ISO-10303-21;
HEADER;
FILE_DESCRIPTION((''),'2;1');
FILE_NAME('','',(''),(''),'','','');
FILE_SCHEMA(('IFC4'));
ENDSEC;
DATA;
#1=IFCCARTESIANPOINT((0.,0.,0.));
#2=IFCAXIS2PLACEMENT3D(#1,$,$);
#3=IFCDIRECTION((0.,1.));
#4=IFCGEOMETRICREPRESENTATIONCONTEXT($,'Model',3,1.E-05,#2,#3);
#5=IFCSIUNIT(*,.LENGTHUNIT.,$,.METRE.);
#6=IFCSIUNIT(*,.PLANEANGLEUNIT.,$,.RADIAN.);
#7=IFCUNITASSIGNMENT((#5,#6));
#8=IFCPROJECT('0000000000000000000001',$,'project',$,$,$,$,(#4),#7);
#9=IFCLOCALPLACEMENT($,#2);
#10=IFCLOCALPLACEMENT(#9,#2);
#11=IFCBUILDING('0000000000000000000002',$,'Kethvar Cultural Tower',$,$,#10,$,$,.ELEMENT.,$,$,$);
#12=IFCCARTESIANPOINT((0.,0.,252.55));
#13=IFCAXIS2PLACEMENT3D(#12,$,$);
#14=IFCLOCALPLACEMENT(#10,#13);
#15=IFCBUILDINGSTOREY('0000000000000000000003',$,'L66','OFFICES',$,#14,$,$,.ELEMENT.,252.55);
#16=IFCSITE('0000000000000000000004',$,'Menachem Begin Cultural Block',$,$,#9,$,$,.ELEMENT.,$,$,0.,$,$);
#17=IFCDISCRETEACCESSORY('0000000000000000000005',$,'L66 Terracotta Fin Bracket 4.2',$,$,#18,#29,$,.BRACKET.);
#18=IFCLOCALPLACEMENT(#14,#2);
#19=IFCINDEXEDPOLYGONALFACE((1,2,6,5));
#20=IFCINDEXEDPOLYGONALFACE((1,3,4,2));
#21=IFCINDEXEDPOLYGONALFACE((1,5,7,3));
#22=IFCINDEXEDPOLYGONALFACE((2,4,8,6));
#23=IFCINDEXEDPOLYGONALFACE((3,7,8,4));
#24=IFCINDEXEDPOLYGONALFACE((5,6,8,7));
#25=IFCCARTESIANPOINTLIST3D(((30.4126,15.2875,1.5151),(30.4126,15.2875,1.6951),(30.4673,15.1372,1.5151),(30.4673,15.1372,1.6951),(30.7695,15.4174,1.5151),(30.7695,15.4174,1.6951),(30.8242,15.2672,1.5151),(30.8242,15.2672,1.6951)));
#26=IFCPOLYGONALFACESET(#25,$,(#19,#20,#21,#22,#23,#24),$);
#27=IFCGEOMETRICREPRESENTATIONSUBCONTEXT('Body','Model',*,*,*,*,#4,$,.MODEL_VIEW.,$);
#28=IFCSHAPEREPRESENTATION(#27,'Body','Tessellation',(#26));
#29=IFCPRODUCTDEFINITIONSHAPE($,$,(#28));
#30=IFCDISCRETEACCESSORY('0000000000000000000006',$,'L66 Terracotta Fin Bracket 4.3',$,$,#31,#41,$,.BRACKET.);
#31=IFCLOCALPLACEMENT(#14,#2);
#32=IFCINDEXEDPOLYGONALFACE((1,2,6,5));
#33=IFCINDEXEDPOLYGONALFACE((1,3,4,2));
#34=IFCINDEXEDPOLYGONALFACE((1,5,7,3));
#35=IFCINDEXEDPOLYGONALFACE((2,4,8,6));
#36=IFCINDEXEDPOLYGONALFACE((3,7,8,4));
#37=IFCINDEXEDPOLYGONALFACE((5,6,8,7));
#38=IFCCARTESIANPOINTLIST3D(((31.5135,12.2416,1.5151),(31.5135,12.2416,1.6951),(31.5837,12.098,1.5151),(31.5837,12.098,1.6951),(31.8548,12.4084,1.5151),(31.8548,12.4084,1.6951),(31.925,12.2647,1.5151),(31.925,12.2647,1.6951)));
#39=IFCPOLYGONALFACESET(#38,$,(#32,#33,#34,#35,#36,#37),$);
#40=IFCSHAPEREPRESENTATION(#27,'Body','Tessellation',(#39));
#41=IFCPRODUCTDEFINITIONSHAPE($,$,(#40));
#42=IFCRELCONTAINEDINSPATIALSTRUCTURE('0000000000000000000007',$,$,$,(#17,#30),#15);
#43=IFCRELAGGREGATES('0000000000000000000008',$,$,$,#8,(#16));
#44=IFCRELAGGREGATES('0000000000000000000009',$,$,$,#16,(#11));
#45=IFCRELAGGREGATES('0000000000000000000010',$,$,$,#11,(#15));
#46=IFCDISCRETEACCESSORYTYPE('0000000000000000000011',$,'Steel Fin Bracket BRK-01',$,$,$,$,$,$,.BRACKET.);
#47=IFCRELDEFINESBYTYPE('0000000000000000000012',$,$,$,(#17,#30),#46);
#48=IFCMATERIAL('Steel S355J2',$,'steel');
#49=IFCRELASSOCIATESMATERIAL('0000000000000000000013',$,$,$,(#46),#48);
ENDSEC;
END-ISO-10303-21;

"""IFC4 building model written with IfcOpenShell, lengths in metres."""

from ifc_helpers import new_model, si_unit, direction, frame, origin, origin_2d, place, context, subcontext, project, spatial, rectangle, extrude, source, transform, mapped, material, type_object, element, save


model = new_model("IFC4")

# Units and contexts
model_context = context("Model", 3, precision=1e-05, world=origin(), true_north=direction((0.0, 1.0)))
body_context = subcontext(model_context, "Body", "Model", "MODEL_VIEW")
ifc_project = project(units=[si_unit("LENGTHUNIT", "METRE"), si_unit("PLANEANGLEUNIT", "RADIAN")], contexts=[model_context])

# Site, building, storey
site_placement = place(None, origin())
site = spatial("IfcSite", under=ifc_project, at=site_placement, Name="Menachem Begin Cultural Block", CompositionType="ELEMENT", RefElevation=0.0)
building_placement = place(site_placement, origin())
building = spatial("IfcBuilding", under=site, at=building_placement, Name="Kethvar Cultural Tower", CompositionType="ELEMENT")
storey_placement = place(building_placement, frame((0.0, 0.0, 252.55)))
storey = spatial("IfcBuildingStorey", under=building, at=storey_placement, Name="L66", Description="OFFICES", CompositionType="ELEMENT", Elevation=252.55)

# Shared definitions
ifc_material_1 = material(Name="Steel S355J2", Category="steel")

# Discrete accessories
discrete_accessory_type = type_object("IfcDiscreteAccessoryType", Name="Steel Fin Bracket BRK-01", PredefinedType="BRACKET", material=ifc_material_1)
shared_shape_1 = source(origin(), body_context, "Body", "SweptSolid", [
    extrude(rectangle(XDim=0.3799, YDim=0.1599, at=origin_2d()), origin(), (0.0, 0.0, 1.0), 0.1799),
])
for number, where, z_axis, x_axis, name in (
    (1, (30.6184, 15.2773, 1.5151), (0.0, 0.0, 1.0), (-0.939693, -0.34202, 0.0), "L66 Terracotta Fin Bracket 4.2"),
    (2, (31.7192, 12.2532, 1.5151), (0.0, 0.0, 1.0), (-0.898488, -0.438999, 0.0), "L66 Terracotta Fin Bracket 4.3"),
):
    element("IfcDiscreteAccessory", number, at=place(storey_placement, frame(where, z_axis=z_axis, x_axis=x_axis)), inside=storey, type_object=discrete_accessory_type, Name=name, PredefinedType="BRACKET", context=body_context, shape_type="MappedRepresentation", body=[
        mapped(shared_shape_1, transform((0.0, 0.0, 0.0), scale=1.0)),
    ])

save(model, "model.ifc")
